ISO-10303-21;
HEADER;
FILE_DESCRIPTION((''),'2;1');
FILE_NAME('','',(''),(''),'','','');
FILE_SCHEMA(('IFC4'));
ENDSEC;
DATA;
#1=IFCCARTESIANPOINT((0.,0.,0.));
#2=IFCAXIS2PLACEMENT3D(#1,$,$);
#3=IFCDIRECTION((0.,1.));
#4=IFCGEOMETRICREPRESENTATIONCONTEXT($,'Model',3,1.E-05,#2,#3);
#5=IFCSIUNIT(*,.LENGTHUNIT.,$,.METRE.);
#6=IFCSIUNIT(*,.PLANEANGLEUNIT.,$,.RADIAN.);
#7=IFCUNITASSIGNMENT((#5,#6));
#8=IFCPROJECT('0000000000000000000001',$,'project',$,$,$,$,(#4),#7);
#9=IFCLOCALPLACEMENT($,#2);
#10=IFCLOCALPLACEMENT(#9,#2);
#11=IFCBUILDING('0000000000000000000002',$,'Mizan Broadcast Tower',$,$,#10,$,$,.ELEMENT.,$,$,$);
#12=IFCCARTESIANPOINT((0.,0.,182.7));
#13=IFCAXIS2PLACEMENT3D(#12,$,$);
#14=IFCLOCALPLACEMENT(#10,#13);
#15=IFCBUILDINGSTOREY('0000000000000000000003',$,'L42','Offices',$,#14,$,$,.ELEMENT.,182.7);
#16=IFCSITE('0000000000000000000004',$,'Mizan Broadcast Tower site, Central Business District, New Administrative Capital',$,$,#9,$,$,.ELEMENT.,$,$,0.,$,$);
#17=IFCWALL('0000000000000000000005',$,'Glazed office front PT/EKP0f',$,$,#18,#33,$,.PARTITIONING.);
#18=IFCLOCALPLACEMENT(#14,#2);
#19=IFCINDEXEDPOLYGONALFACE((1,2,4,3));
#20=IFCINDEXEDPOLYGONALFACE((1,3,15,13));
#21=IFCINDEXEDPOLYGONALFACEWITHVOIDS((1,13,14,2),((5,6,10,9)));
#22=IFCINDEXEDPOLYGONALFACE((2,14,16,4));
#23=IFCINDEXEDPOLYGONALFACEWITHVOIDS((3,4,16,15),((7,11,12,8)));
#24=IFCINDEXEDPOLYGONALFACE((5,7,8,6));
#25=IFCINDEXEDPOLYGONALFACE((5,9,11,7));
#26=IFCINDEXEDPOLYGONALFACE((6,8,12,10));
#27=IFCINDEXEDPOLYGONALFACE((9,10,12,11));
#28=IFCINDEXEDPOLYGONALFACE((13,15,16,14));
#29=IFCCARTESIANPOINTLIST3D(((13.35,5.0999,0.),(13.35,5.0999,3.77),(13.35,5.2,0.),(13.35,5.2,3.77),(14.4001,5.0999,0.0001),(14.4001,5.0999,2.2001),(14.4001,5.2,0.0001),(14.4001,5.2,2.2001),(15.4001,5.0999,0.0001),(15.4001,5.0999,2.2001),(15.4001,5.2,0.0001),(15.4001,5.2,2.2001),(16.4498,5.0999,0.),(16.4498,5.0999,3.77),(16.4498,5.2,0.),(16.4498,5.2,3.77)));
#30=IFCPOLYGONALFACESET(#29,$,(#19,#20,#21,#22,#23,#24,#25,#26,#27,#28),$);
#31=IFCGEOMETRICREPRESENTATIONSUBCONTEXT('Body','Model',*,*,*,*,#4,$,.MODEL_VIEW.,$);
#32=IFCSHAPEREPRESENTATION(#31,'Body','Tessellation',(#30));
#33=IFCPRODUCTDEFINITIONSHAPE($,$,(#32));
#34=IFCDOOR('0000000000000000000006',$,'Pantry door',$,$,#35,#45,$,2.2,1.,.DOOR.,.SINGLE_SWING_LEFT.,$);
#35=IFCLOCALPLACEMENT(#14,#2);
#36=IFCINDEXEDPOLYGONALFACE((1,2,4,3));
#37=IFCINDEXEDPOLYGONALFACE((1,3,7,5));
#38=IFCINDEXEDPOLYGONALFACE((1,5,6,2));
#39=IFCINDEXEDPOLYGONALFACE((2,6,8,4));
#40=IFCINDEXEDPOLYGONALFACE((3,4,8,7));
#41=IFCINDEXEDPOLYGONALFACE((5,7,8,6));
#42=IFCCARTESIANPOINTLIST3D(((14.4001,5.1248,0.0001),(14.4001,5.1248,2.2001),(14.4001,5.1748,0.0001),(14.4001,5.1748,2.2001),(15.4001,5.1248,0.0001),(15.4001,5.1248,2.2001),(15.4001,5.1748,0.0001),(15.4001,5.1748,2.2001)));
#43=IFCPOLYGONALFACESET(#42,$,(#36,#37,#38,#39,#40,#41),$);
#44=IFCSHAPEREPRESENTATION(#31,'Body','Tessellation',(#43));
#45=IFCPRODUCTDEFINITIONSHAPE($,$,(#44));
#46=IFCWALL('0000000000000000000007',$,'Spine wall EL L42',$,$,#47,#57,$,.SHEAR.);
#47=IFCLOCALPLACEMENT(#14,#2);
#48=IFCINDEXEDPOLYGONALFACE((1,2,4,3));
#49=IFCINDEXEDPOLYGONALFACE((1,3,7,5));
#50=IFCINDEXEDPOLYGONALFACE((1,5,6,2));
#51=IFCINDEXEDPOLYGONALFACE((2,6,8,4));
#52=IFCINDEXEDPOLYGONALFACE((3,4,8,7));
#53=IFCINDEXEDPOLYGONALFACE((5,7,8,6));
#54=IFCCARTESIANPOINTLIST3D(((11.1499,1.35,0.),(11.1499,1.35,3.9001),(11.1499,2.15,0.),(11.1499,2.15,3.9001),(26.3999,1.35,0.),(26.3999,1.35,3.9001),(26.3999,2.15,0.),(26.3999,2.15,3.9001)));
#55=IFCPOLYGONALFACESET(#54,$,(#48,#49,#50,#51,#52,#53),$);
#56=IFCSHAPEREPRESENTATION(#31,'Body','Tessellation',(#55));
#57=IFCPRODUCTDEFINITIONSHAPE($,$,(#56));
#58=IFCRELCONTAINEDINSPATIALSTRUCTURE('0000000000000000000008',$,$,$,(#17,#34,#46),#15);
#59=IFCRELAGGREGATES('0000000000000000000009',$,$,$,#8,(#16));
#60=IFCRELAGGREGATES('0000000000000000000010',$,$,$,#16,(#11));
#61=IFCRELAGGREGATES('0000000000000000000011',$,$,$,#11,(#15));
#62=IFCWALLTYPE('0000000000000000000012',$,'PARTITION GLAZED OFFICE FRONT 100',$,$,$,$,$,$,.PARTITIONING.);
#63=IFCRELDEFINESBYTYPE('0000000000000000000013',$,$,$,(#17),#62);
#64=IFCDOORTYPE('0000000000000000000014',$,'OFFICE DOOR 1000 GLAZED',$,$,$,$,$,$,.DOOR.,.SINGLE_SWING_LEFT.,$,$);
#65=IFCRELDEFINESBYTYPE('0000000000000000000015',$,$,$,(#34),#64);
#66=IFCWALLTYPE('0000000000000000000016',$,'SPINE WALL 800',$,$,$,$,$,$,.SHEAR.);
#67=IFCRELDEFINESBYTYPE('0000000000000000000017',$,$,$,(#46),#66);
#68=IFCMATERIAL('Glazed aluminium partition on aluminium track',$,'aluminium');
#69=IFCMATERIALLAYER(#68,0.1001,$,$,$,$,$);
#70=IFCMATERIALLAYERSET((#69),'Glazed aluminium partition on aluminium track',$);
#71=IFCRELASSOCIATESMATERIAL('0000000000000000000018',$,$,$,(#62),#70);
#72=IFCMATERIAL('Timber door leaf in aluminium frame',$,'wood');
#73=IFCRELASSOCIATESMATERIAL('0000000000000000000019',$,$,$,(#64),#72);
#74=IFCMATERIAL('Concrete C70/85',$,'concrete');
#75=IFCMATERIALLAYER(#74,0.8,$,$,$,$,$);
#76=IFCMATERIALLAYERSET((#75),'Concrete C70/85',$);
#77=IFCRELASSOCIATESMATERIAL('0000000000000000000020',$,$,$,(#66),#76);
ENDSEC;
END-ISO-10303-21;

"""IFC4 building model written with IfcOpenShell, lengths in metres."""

from ifc_helpers import new_model, si_unit, direction, frame, frame_2d, origin, place, context, subcontext, project, spatial, rectangle, extrude, material, layer, layer_set, type_object, element, fill, save


model = new_model("IFC4")

# Units and contexts
model_context = context("Model", 3, precision=1e-05, world=origin(), true_north=direction((0.0, 1.0)))
body_context = subcontext(model_context, "Body", "Model", "MODEL_VIEW")
ifc_project = project(units=[si_unit("LENGTHUNIT", "METRE"), si_unit("PLANEANGLEUNIT", "RADIAN")], contexts=[model_context])

# Site, building, storey
site_placement = place(None, origin())
site = spatial("IfcSite", under=ifc_project, at=site_placement, Name="Mizan Broadcast Tower site, Central Business District, New Administrative Capital", CompositionType="ELEMENT", RefElevation=0.0)
building_placement = place(site_placement, origin())
building = spatial("IfcBuilding", under=site, at=building_placement, Name="Mizan Broadcast Tower", CompositionType="ELEMENT")
storey_placement = place(building_placement, frame((0.0, 0.0, 182.7)))
storey = spatial("IfcBuildingStorey", under=building, at=storey_placement, Name="L42", Description="Offices", CompositionType="ELEMENT", Elevation=182.7)

# Shared definitions
ifc_material_1 = material(Name="Glazed aluminium partition on aluminium track", Category="aluminium")
ifc_layer_1 = layer(ifc_material_1, 0.1001)
ifc_layer_set_1 = layer_set([ifc_layer_1], Name="Glazed aluminium partition on aluminium track")
wall_type_1 = type_object("IfcWallType", Name="PARTITION GLAZED OFFICE FRONT 100", PredefinedType="PARTITIONING", material=ifc_layer_set_1)

# Wall, opening, door
wall_1_placement = place(storey_placement, frame((13.3501, 5.1499, 0.0), z_axis=(0.0, 0.0, 1.0), x_axis=(1.0, 0.0, 0.0)))
wall_1 = element("IfcWall", 1, at=wall_1_placement, inside=storey, type_object=wall_type_1, Name="Glazed office front PT/EKP0f", PredefinedType="PARTITIONING", context=body_context, shape_type="SweptSolid", body=[
    extrude(rectangle(XDim=3.0999, YDim=0.1001, at=frame_2d((1.5498, 0.0))), origin(), (0.0, 0.0, 1.0), 3.77),
])
opening_1_placement = place(wall_1_placement, frame((1.05, 0.0, 0.0)))
opening_1 = element("IfcOpeningElement", 2, at=opening_1_placement, cuts=wall_1, PredefinedType="OPENING", context=body_context, shape_type="SweptSolid", body=[
    extrude(rectangle(XDim=1.0, YDim=2.2, at=frame_2d((0.5, 1.1001))), frame((0.0, 0.0601, 0.0), z_axis=(0.0, -1.0, 0.0), x_axis=(1.0, 0.0, 0.0)), (0.0, 0.0, 1.0), 0.1201),
])
ifc_material_2 = material(Name="Timber door leaf in aluminium frame", Category="wood")
door_type_1 = type_object("IfcDoorType", Name="OFFICE DOOR 1000 GLAZED", OperationType="SINGLE_SWING_LEFT", PredefinedType="DOOR", material=ifc_material_2)
door_1_placement = place(opening_1_placement, origin())
door_1 = element("IfcDoor", 3, at=door_1_placement, inside=storey, type_object=door_type_1, Name="Pantry door", OperationType="SINGLE_SWING_LEFT", OverallHeight=2.2, OverallWidth=1.0, PredefinedType="DOOR", context=body_context, shape_type="SweptSolid", body=[
    extrude(rectangle(XDim=1.0, YDim=2.2, at=frame_2d((0.5, 1.1001))), frame((0.0, 0.0249, 0.0), z_axis=(0.0, -1.0, 0.0), x_axis=(1.0, 0.0, 0.0)), (0.0, 0.0, 1.0), 0.05),
])
fill(opening_1, door_1)

# Wall
ifc_material_3 = material(Name="Concrete C70/85", Category="concrete")
ifc_layer_2 = layer(ifc_material_3, 0.8)
ifc_layer_set_2 = layer_set([ifc_layer_2], Name="Concrete C70/85")
wall_type_2 = type_object("IfcWallType", Name="SPINE WALL 800", PredefinedType="SHEAR", material=ifc_layer_set_2)
wall_2_placement = place(storey_placement, frame((11.1499, 1.75, 0.0), z_axis=(0.0, 0.0, 1.0), x_axis=(1.0, 0.0, 0.0)))
element("IfcWall", 4, at=wall_2_placement, inside=storey, type_object=wall_type_2, Name="Spine wall EL L42", PredefinedType="SHEAR", context=body_context, shape_type="SweptSolid", body=[
    extrude(rectangle(XDim=15.25, YDim=0.8, at=frame_2d((7.625, 0.0))), origin(), (0.0, 0.0, 1.0), 3.9001),
])

save(model, "model.ifc")
